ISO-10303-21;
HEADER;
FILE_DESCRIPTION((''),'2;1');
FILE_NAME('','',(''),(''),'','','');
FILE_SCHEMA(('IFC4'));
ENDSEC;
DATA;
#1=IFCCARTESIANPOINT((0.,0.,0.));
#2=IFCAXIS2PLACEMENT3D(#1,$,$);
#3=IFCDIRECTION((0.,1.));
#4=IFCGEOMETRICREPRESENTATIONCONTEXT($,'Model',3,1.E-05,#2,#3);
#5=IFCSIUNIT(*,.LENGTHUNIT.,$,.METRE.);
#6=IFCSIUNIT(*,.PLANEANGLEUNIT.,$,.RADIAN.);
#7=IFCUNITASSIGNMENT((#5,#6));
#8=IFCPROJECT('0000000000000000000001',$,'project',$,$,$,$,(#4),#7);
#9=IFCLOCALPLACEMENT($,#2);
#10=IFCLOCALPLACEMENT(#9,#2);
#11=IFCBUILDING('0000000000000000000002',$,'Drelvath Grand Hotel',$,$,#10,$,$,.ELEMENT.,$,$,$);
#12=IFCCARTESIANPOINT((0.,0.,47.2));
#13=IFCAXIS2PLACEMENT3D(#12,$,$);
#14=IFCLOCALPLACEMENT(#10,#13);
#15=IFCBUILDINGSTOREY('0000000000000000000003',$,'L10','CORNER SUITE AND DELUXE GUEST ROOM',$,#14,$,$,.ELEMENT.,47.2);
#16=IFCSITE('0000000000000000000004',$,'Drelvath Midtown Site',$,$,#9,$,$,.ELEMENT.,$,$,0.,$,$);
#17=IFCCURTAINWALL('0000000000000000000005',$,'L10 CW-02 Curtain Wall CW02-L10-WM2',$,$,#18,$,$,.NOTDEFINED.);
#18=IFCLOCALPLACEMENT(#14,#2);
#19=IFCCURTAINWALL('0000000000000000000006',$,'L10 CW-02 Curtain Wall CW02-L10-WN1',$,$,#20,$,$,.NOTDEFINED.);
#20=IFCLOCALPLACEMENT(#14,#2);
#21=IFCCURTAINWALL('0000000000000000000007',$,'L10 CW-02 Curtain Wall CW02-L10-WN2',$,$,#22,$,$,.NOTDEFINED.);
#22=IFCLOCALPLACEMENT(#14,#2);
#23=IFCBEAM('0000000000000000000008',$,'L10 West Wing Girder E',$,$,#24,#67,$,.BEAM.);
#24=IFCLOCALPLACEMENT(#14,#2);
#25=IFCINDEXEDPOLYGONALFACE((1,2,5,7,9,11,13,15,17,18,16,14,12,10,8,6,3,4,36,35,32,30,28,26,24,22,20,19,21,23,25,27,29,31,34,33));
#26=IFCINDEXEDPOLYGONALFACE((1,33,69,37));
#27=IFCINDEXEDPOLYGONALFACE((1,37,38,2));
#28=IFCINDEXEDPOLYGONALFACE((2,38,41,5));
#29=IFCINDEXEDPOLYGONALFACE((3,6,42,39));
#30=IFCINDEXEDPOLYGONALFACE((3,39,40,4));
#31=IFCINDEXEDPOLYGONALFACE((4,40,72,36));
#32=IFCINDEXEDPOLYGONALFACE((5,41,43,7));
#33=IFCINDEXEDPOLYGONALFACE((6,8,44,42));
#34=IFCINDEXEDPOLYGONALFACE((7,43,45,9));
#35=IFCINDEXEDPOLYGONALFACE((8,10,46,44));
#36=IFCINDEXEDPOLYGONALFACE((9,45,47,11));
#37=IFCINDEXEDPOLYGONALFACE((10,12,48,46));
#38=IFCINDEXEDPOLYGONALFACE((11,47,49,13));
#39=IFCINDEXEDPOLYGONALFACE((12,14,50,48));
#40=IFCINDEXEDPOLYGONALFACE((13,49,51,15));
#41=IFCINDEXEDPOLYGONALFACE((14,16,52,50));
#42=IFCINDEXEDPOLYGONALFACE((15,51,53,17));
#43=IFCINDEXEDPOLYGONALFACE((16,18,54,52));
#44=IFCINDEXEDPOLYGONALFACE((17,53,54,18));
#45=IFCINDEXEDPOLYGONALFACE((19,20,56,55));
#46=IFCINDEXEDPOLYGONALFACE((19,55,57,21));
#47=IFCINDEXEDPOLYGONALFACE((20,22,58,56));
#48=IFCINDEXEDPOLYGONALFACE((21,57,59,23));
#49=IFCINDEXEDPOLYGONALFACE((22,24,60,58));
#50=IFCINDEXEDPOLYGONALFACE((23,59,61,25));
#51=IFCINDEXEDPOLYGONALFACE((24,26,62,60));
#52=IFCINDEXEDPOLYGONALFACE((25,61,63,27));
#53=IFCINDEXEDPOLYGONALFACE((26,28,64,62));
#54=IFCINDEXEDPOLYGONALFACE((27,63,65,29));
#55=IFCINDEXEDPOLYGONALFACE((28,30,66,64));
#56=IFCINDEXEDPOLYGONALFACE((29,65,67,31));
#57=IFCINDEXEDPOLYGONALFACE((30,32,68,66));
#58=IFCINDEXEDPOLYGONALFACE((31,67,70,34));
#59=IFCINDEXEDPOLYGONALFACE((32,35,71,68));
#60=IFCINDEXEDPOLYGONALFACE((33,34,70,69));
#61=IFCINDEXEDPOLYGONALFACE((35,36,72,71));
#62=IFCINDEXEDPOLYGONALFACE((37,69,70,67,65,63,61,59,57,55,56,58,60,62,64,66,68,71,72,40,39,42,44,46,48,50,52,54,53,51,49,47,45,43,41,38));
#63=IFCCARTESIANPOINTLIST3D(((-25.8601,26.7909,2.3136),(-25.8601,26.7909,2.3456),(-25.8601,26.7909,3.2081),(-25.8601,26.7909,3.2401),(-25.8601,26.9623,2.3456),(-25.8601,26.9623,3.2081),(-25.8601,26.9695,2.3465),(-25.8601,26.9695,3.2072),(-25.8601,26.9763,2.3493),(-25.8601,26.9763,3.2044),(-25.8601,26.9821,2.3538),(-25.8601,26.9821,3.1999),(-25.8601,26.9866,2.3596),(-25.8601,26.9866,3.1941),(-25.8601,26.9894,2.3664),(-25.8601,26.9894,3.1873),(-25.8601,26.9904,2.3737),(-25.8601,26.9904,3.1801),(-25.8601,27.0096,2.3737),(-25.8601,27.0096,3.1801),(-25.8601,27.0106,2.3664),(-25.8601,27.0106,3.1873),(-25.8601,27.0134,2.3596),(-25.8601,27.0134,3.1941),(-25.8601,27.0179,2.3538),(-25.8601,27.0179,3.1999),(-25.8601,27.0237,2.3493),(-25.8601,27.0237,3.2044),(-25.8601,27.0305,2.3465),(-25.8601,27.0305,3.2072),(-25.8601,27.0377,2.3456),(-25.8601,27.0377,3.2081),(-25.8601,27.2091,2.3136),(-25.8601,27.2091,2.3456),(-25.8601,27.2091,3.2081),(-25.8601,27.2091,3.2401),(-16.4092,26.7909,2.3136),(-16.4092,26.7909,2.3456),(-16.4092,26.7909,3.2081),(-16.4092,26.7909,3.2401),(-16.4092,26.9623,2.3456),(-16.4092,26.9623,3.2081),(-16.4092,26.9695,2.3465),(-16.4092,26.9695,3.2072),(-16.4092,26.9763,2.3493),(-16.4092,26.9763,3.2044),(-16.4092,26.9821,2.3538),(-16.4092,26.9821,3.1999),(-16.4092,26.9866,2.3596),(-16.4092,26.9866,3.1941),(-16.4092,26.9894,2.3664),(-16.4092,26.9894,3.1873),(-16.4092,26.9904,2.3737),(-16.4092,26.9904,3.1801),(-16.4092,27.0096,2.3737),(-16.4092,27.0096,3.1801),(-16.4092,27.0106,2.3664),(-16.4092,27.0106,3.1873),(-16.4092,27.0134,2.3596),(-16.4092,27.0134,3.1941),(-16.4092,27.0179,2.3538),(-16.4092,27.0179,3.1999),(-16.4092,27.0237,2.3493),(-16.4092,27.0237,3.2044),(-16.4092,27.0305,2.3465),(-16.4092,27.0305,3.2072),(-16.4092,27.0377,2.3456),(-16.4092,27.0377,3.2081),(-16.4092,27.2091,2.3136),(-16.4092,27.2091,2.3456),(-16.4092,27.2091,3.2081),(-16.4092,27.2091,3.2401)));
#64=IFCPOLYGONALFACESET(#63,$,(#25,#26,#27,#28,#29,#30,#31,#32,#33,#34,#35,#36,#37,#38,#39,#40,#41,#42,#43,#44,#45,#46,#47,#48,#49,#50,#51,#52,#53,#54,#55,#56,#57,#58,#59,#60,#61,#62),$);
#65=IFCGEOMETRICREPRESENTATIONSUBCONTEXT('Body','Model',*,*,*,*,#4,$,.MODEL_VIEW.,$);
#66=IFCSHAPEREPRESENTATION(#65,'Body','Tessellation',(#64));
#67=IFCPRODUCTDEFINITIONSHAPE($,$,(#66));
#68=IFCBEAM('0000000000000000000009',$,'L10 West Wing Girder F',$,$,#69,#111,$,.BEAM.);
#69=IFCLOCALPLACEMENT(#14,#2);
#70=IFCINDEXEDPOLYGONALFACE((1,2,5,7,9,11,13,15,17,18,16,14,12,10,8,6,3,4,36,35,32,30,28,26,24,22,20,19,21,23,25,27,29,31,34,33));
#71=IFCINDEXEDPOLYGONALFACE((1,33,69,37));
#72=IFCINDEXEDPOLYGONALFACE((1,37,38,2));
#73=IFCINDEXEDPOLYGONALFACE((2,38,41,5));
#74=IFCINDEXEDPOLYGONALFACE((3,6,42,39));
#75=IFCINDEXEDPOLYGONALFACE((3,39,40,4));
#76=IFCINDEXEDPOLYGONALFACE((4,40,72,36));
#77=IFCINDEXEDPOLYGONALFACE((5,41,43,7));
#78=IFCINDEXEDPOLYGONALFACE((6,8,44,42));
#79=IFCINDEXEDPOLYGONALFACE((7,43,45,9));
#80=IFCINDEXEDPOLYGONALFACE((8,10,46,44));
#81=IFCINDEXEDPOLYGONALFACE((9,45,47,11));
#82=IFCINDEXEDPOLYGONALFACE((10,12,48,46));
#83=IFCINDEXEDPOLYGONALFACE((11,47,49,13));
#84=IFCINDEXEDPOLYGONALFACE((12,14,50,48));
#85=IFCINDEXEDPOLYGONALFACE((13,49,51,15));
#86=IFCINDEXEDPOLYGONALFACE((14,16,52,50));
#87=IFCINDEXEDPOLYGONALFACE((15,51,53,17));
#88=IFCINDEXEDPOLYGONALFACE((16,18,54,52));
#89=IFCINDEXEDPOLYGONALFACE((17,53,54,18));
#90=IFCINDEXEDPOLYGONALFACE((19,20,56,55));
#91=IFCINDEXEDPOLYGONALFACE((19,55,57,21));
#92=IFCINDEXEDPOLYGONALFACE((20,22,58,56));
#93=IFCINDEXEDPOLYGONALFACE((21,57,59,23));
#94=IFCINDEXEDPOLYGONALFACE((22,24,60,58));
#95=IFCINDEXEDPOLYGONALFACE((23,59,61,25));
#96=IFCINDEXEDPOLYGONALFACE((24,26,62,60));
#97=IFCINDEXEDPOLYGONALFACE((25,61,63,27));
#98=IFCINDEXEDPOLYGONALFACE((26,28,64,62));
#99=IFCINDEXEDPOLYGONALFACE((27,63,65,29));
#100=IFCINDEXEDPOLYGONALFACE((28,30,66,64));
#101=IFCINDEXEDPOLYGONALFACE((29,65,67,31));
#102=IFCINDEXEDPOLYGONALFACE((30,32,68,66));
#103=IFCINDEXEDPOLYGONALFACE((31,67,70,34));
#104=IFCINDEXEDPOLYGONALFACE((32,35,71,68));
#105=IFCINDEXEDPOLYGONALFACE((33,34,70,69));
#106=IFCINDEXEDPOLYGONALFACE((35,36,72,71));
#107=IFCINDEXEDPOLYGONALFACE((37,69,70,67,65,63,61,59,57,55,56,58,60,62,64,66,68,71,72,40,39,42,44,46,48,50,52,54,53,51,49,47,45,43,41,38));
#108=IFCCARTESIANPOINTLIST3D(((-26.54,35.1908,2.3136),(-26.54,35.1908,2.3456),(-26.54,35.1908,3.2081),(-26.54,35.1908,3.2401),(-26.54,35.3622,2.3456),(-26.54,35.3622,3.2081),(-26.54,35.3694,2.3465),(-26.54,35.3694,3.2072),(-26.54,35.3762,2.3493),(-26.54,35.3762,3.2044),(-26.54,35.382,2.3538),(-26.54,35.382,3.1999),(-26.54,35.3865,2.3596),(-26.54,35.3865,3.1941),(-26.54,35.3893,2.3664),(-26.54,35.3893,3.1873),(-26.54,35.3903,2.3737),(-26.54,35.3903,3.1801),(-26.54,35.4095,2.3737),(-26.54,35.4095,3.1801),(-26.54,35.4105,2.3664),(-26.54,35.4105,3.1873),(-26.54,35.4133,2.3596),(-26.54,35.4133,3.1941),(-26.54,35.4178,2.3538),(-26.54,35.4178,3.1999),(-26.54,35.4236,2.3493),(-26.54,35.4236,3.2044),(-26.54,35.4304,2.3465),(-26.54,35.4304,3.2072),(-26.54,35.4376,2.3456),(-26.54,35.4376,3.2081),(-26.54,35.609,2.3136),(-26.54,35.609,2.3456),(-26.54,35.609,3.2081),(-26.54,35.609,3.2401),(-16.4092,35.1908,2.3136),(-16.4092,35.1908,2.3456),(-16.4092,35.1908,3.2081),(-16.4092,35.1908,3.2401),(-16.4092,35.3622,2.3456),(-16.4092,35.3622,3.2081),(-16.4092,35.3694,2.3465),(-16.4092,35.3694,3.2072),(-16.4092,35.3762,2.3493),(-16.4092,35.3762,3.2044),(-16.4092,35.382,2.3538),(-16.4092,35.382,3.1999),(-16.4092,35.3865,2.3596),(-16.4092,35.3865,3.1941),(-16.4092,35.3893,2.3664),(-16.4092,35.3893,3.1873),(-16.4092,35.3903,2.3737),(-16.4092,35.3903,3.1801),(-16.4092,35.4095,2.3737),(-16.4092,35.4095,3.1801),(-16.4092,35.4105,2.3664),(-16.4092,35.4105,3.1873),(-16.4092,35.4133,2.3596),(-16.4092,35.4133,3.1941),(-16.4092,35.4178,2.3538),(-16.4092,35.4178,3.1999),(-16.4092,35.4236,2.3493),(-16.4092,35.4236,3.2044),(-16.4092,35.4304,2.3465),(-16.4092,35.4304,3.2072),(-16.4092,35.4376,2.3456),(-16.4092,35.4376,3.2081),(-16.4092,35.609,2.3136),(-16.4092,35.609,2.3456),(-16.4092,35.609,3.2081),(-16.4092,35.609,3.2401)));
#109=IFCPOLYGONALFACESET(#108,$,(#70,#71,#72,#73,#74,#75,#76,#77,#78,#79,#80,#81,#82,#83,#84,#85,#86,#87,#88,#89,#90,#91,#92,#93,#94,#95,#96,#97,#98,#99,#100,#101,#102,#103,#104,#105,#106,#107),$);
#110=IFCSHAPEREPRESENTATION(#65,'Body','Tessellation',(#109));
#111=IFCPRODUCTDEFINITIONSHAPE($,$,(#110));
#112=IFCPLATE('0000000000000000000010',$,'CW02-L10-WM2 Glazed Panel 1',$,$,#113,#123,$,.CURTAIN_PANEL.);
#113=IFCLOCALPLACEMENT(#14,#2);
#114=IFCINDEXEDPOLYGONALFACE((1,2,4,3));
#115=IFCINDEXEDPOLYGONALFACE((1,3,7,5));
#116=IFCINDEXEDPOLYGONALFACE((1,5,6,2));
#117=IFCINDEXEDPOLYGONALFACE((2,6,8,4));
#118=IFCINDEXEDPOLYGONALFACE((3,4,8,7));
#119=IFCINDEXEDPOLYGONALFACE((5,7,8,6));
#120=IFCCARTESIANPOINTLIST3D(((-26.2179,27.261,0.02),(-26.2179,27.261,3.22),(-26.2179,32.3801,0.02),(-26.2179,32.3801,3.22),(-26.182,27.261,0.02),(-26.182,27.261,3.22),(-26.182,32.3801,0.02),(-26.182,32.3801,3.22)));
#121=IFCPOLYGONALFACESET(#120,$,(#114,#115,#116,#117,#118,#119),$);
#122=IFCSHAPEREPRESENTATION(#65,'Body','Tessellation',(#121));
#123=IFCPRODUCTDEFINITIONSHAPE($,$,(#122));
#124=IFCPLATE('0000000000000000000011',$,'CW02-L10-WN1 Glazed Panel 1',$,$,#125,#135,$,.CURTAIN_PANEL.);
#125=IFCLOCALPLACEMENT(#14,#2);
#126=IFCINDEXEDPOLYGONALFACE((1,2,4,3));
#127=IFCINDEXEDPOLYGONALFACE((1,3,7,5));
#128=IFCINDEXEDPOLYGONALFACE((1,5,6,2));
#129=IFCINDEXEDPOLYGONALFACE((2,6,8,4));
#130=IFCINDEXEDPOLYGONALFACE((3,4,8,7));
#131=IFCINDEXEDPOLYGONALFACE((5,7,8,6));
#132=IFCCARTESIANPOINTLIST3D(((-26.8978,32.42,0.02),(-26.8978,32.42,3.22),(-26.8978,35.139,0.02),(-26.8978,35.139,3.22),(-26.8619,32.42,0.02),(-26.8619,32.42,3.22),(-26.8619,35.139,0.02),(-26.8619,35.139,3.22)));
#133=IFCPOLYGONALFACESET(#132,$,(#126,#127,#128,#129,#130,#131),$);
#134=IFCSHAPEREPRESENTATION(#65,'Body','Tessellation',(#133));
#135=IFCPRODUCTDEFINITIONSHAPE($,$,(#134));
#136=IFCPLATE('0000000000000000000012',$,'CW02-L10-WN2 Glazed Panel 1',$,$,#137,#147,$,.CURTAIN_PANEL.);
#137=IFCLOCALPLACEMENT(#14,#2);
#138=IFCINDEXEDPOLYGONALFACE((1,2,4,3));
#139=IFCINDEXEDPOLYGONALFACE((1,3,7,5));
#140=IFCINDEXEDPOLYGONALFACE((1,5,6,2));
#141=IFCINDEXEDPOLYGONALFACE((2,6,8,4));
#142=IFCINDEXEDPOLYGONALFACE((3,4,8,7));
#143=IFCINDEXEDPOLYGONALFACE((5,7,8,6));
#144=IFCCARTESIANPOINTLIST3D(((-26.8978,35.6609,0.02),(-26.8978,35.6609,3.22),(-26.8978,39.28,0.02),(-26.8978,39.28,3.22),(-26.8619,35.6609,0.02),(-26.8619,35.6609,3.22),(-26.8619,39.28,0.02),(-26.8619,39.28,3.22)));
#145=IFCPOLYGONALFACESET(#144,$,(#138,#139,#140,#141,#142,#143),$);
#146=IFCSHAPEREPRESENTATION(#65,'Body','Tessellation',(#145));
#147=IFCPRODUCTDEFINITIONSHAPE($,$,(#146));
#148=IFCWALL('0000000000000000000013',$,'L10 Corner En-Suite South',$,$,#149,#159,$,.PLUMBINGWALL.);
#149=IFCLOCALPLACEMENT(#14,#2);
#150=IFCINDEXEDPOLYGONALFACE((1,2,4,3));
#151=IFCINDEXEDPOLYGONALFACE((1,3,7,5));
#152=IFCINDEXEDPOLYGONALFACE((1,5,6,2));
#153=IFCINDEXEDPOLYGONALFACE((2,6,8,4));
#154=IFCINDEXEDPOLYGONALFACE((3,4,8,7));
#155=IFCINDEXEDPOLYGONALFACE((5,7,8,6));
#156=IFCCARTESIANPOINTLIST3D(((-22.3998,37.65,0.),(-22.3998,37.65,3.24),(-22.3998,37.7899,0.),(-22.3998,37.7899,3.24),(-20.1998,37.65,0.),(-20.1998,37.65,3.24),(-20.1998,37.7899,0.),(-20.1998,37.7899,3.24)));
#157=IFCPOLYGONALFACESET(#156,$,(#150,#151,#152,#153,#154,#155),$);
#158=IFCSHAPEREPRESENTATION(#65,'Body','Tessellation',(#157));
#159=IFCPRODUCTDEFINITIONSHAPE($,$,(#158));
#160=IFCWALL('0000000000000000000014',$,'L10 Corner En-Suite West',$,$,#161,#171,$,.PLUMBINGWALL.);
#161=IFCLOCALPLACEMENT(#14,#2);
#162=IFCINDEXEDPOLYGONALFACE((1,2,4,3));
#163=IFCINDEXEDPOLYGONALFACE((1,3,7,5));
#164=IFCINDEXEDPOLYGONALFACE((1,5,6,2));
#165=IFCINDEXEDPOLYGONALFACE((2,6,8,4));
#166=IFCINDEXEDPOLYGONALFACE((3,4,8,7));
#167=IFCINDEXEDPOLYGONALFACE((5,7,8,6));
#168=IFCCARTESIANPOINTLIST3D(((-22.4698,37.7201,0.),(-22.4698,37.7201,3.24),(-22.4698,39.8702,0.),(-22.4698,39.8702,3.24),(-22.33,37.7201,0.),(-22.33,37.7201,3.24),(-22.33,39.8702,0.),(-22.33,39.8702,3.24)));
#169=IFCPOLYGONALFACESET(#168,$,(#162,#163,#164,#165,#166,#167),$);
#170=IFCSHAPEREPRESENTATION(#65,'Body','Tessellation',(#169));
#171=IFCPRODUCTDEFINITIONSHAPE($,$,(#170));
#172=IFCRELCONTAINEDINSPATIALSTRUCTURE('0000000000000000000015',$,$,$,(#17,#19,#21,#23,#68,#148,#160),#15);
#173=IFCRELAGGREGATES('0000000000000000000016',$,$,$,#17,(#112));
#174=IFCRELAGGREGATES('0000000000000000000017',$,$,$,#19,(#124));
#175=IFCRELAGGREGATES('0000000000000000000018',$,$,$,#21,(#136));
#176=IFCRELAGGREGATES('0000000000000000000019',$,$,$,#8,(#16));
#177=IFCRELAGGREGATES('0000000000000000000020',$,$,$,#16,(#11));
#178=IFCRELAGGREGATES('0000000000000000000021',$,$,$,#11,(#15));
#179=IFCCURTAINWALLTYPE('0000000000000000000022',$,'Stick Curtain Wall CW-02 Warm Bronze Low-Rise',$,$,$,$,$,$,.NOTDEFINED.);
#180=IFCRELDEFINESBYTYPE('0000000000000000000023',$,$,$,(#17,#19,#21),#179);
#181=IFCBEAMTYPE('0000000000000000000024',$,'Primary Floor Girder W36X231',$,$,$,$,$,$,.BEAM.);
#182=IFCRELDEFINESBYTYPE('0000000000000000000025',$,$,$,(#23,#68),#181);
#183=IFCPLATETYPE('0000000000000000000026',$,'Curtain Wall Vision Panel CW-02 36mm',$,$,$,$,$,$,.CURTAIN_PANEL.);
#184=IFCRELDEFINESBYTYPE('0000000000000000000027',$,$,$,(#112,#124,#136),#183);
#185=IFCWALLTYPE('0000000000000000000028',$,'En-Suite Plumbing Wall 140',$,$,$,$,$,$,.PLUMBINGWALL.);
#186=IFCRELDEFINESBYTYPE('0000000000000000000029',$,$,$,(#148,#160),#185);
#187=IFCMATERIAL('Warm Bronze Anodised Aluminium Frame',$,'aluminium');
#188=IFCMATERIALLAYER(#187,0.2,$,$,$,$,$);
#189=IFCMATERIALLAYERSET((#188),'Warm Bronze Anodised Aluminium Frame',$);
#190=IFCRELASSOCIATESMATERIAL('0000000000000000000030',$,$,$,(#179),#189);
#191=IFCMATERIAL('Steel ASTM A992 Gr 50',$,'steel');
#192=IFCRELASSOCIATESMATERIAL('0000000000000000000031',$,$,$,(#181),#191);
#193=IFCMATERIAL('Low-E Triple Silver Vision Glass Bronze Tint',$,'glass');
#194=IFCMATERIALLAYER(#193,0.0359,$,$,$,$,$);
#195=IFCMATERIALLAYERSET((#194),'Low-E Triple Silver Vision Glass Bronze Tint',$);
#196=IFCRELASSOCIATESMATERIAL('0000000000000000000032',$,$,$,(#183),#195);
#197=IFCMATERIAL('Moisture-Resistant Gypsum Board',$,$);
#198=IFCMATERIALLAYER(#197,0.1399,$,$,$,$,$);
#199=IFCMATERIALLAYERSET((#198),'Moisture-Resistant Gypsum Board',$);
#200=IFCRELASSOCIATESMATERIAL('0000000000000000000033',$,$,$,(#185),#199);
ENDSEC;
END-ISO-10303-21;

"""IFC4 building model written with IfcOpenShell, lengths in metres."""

from ifc_helpers import new_model, si_unit, direction, frame, frame_2d, origin, origin_2d, place, context, subcontext, project, spatial, rectangle, i_section, extrude, material, layer, layer_set, material_profile, profile_set, type_object, element, aggregate, save


model = new_model("IFC4")

# Units and contexts
model_context = context("Model", 3, precision=1e-05, world=origin(), true_north=direction((0.0, 1.0)))
body_context = subcontext(model_context, "Body", "Model", "MODEL_VIEW")
ifc_project = project(units=[si_unit("LENGTHUNIT", "METRE"), si_unit("PLANEANGLEUNIT", "RADIAN")], contexts=[model_context])

# Site, building, storey
site_placement = place(None, origin())
site = spatial("IfcSite", under=ifc_project, at=site_placement, Name="Drelvath Midtown Site", CompositionType="ELEMENT", RefElevation=0.0)
building_placement = place(site_placement, origin())
building = spatial("IfcBuilding", under=site, at=building_placement, Name="Drelvath Grand Hotel", CompositionType="ELEMENT")
storey_placement = place(building_placement, frame((0.0, 0.0, 47.2)))
storey = spatial("IfcBuildingStorey", under=building, at=storey_placement, Name="L10", Description="CORNER SUITE AND DELUXE GUEST ROOM", CompositionType="ELEMENT", Elevation=47.2)

# Curtain walls
ifc_material_1 = material(Name="Warm Bronze Anodised Aluminium Frame", Category="aluminium")
ifc_layer_1 = layer(ifc_material_1, 0.2)
ifc_layer_set_1 = layer_set([ifc_layer_1], Name="Warm Bronze Anodised Aluminium Frame")
curtain_wall_type = type_object("IfcCurtainWallType", Name="Stick Curtain Wall CW-02 Warm Bronze Low-Rise", PredefinedType="NOTDEFINED", material=ifc_layer_set_1)
curtain_wall_1_placement = place(storey_placement, origin())
curtain_wall_1 = element("IfcCurtainWall", 1, at=curtain_wall_1_placement, inside=storey, type_object=curtain_wall_type, Name="L10 CW-02 Curtain Wall CW02-L10-WM2", PredefinedType="NOTDEFINED")
curtain_wall_2_placement = place(storey_placement, origin())
curtain_wall_2 = element("IfcCurtainWall", 2, at=curtain_wall_2_placement, inside=storey, type_object=curtain_wall_type, Name="L10 CW-02 Curtain Wall CW02-L10-WN1", PredefinedType="NOTDEFINED")
curtain_wall_3_placement = place(storey_placement, origin())
curtain_wall_3 = element("IfcCurtainWall", 3, at=curtain_wall_3_placement, inside=storey, type_object=curtain_wall_type, Name="L10 CW-02 Curtain Wall CW02-L10-WN2", PredefinedType="NOTDEFINED")

# Beams
ifc_material_2 = material(Name="Steel ASTM A992 Gr 50", Category="steel")
ifc_material_profile_1 = material_profile(ifc_material_2, i_section(OverallWidth=0.4182, OverallDepth=0.9265, WebThickness=0.0193, FlangeThickness=0.032, FilletRadius=0.0281, at=origin_2d()), Name="W36X231")
ifc_profile_set_1 = profile_set([ifc_material_profile_1], Name="Steel ASTM A992 Gr 50")
beam_type_1 = type_object("IfcBeamType", Name="Primary Floor Girder W36X231", PredefinedType="BEAM", material=ifc_profile_set_1)
beam_1_placement = place(storey_placement, frame((-25.8601, 27.0, 2.7769), z_axis=(1.0, 0.0, 0.0), x_axis=(0.0, 1.0, 0.0)))
element("IfcBeam", 4, at=beam_1_placement, inside=storey, type_object=beam_type_1, Name="L10 West Wing Girder E", PredefinedType="BEAM", context=body_context, shape_type="SweptSolid", body=[
    extrude(i_section(OverallWidth=0.4182, OverallDepth=0.9265, WebThickness=0.0193, FlangeThickness=0.032, FilletRadius=0.0281, at=origin_2d()), origin(), (0.0, 0.0, 1.0), 9.4509),
])
beam_2_placement = place(storey_placement, frame((-26.54, 35.3999, 2.7769), z_axis=(1.0, 0.0, 0.0), x_axis=(0.0, 1.0, 0.0)))
element("IfcBeam", 5, at=beam_2_placement, inside=storey, type_object=beam_type_1, Name="L10 West Wing Girder F", PredefinedType="BEAM", context=body_context, shape_type="SweptSolid", body=[
    extrude(i_section(OverallWidth=0.4182, OverallDepth=0.9265, WebThickness=0.0193, FlangeThickness=0.032, FilletRadius=0.0281, at=origin_2d()), origin(), (0.0, 0.0, 1.0), 10.1309),
])

# Plates
ifc_material_3 = material(Name="Low-E Triple Silver Vision Glass Bronze Tint", Category="glass")
ifc_layer_2 = layer(ifc_material_3, 0.0359)
ifc_layer_set_2 = layer_set([ifc_layer_2], Name="Low-E Triple Silver Vision Glass Bronze Tint")
plate_type = type_object("IfcPlateType", Name="Curtain Wall Vision Panel CW-02 36mm", PredefinedType="CURTAIN_PANEL", material=ifc_layer_set_2)
plate_1_placement = place(storey_placement, frame((-26.2, 29.8206, 0.02), z_axis=(0.0, 0.0, 1.0), x_axis=(0.0, 1.0, 0.0)))
plate_1 = element("IfcPlate", 6, at=plate_1_placement, type_object=plate_type, Name="CW02-L10-WM2 Glazed Panel 1", PredefinedType="CURTAIN_PANEL", context=body_context, shape_type="SweptSolid", body=[
    extrude(rectangle(XDim=5.1191, YDim=0.0359, at=origin_2d()), origin(), (0.0, 0.0, 1.0), 3.2),
])
aggregate(curtain_wall_1, [plate_1])
plate_2_placement = place(storey_placement, frame((-26.8799, 33.7795, 0.02), z_axis=(0.0, 0.0, 1.0), x_axis=(0.0, 1.0, 0.0)))
plate_2 = element("IfcPlate", 7, at=plate_2_placement, type_object=plate_type, Name="CW02-L10-WN1 Glazed Panel 1", PredefinedType="CURTAIN_PANEL", context=body_context, shape_type="SweptSolid", body=[
    extrude(rectangle(XDim=2.719, YDim=0.0359, at=origin_2d()), origin(), (0.0, 0.0, 1.0), 3.2),
])
aggregate(curtain_wall_2, [plate_2])
plate_3_placement = place(storey_placement, frame((-26.8799, 37.4705, 0.02), z_axis=(0.0, 0.0, 1.0), x_axis=(0.0, 1.0, 0.0)))
plate_3 = element("IfcPlate", 8, at=plate_3_placement, type_object=plate_type, Name="CW02-L10-WN2 Glazed Panel 1", PredefinedType="CURTAIN_PANEL", context=body_context, shape_type="SweptSolid", body=[
    extrude(rectangle(XDim=3.6191, YDim=0.0359, at=origin_2d()), origin(), (0.0, 0.0, 1.0), 3.2),
])
aggregate(curtain_wall_3, [plate_3])

# Walls
ifc_material_4 = material(Name="Moisture-Resistant Gypsum Board")
ifc_layer_3 = layer(ifc_material_4, 0.1399)
ifc_layer_set_3 = layer_set([ifc_layer_3], Name="Moisture-Resistant Gypsum Board")
wall_type_1 = type_object("IfcWallType", Name="En-Suite Plumbing Wall 140", PredefinedType="PLUMBINGWALL", material=ifc_layer_set_3)
wall_1_placement = place(storey_placement, frame((-22.3999, 37.72, 0.0), z_axis=(0.0, 0.0, 1.0), x_axis=(1.0, 0.0, 0.0)))
element("IfcWall", 9, at=wall_1_placement, inside=storey, type_object=wall_type_1, Name="L10 Corner En-Suite South", PredefinedType="PLUMBINGWALL", context=body_context, shape_type="SweptSolid", body=[
    extrude(rectangle(XDim=2.2, YDim=0.1399, at=frame_2d((1.1001, 0.0))), origin(), (0.0, 0.0, 1.0), 3.24),
])
wall_2_placement = place(storey_placement, frame((-22.3999, 37.72, 0.0), z_axis=(0.0, 0.0, 1.0), x_axis=(0.0, 1.0, 0.0)))
element("IfcWall", 10, at=wall_2_placement, inside=storey, type_object=wall_type_1, Name="L10 Corner En-Suite West", PredefinedType="PLUMBINGWALL", context=body_context, shape_type="SweptSolid", body=[
    extrude(rectangle(XDim=2.1501, YDim=0.1399, at=frame_2d((1.0752, 0.0))), origin(), (0.0, 0.0, 1.0), 3.24),
])

save(model, "model.ifc")
